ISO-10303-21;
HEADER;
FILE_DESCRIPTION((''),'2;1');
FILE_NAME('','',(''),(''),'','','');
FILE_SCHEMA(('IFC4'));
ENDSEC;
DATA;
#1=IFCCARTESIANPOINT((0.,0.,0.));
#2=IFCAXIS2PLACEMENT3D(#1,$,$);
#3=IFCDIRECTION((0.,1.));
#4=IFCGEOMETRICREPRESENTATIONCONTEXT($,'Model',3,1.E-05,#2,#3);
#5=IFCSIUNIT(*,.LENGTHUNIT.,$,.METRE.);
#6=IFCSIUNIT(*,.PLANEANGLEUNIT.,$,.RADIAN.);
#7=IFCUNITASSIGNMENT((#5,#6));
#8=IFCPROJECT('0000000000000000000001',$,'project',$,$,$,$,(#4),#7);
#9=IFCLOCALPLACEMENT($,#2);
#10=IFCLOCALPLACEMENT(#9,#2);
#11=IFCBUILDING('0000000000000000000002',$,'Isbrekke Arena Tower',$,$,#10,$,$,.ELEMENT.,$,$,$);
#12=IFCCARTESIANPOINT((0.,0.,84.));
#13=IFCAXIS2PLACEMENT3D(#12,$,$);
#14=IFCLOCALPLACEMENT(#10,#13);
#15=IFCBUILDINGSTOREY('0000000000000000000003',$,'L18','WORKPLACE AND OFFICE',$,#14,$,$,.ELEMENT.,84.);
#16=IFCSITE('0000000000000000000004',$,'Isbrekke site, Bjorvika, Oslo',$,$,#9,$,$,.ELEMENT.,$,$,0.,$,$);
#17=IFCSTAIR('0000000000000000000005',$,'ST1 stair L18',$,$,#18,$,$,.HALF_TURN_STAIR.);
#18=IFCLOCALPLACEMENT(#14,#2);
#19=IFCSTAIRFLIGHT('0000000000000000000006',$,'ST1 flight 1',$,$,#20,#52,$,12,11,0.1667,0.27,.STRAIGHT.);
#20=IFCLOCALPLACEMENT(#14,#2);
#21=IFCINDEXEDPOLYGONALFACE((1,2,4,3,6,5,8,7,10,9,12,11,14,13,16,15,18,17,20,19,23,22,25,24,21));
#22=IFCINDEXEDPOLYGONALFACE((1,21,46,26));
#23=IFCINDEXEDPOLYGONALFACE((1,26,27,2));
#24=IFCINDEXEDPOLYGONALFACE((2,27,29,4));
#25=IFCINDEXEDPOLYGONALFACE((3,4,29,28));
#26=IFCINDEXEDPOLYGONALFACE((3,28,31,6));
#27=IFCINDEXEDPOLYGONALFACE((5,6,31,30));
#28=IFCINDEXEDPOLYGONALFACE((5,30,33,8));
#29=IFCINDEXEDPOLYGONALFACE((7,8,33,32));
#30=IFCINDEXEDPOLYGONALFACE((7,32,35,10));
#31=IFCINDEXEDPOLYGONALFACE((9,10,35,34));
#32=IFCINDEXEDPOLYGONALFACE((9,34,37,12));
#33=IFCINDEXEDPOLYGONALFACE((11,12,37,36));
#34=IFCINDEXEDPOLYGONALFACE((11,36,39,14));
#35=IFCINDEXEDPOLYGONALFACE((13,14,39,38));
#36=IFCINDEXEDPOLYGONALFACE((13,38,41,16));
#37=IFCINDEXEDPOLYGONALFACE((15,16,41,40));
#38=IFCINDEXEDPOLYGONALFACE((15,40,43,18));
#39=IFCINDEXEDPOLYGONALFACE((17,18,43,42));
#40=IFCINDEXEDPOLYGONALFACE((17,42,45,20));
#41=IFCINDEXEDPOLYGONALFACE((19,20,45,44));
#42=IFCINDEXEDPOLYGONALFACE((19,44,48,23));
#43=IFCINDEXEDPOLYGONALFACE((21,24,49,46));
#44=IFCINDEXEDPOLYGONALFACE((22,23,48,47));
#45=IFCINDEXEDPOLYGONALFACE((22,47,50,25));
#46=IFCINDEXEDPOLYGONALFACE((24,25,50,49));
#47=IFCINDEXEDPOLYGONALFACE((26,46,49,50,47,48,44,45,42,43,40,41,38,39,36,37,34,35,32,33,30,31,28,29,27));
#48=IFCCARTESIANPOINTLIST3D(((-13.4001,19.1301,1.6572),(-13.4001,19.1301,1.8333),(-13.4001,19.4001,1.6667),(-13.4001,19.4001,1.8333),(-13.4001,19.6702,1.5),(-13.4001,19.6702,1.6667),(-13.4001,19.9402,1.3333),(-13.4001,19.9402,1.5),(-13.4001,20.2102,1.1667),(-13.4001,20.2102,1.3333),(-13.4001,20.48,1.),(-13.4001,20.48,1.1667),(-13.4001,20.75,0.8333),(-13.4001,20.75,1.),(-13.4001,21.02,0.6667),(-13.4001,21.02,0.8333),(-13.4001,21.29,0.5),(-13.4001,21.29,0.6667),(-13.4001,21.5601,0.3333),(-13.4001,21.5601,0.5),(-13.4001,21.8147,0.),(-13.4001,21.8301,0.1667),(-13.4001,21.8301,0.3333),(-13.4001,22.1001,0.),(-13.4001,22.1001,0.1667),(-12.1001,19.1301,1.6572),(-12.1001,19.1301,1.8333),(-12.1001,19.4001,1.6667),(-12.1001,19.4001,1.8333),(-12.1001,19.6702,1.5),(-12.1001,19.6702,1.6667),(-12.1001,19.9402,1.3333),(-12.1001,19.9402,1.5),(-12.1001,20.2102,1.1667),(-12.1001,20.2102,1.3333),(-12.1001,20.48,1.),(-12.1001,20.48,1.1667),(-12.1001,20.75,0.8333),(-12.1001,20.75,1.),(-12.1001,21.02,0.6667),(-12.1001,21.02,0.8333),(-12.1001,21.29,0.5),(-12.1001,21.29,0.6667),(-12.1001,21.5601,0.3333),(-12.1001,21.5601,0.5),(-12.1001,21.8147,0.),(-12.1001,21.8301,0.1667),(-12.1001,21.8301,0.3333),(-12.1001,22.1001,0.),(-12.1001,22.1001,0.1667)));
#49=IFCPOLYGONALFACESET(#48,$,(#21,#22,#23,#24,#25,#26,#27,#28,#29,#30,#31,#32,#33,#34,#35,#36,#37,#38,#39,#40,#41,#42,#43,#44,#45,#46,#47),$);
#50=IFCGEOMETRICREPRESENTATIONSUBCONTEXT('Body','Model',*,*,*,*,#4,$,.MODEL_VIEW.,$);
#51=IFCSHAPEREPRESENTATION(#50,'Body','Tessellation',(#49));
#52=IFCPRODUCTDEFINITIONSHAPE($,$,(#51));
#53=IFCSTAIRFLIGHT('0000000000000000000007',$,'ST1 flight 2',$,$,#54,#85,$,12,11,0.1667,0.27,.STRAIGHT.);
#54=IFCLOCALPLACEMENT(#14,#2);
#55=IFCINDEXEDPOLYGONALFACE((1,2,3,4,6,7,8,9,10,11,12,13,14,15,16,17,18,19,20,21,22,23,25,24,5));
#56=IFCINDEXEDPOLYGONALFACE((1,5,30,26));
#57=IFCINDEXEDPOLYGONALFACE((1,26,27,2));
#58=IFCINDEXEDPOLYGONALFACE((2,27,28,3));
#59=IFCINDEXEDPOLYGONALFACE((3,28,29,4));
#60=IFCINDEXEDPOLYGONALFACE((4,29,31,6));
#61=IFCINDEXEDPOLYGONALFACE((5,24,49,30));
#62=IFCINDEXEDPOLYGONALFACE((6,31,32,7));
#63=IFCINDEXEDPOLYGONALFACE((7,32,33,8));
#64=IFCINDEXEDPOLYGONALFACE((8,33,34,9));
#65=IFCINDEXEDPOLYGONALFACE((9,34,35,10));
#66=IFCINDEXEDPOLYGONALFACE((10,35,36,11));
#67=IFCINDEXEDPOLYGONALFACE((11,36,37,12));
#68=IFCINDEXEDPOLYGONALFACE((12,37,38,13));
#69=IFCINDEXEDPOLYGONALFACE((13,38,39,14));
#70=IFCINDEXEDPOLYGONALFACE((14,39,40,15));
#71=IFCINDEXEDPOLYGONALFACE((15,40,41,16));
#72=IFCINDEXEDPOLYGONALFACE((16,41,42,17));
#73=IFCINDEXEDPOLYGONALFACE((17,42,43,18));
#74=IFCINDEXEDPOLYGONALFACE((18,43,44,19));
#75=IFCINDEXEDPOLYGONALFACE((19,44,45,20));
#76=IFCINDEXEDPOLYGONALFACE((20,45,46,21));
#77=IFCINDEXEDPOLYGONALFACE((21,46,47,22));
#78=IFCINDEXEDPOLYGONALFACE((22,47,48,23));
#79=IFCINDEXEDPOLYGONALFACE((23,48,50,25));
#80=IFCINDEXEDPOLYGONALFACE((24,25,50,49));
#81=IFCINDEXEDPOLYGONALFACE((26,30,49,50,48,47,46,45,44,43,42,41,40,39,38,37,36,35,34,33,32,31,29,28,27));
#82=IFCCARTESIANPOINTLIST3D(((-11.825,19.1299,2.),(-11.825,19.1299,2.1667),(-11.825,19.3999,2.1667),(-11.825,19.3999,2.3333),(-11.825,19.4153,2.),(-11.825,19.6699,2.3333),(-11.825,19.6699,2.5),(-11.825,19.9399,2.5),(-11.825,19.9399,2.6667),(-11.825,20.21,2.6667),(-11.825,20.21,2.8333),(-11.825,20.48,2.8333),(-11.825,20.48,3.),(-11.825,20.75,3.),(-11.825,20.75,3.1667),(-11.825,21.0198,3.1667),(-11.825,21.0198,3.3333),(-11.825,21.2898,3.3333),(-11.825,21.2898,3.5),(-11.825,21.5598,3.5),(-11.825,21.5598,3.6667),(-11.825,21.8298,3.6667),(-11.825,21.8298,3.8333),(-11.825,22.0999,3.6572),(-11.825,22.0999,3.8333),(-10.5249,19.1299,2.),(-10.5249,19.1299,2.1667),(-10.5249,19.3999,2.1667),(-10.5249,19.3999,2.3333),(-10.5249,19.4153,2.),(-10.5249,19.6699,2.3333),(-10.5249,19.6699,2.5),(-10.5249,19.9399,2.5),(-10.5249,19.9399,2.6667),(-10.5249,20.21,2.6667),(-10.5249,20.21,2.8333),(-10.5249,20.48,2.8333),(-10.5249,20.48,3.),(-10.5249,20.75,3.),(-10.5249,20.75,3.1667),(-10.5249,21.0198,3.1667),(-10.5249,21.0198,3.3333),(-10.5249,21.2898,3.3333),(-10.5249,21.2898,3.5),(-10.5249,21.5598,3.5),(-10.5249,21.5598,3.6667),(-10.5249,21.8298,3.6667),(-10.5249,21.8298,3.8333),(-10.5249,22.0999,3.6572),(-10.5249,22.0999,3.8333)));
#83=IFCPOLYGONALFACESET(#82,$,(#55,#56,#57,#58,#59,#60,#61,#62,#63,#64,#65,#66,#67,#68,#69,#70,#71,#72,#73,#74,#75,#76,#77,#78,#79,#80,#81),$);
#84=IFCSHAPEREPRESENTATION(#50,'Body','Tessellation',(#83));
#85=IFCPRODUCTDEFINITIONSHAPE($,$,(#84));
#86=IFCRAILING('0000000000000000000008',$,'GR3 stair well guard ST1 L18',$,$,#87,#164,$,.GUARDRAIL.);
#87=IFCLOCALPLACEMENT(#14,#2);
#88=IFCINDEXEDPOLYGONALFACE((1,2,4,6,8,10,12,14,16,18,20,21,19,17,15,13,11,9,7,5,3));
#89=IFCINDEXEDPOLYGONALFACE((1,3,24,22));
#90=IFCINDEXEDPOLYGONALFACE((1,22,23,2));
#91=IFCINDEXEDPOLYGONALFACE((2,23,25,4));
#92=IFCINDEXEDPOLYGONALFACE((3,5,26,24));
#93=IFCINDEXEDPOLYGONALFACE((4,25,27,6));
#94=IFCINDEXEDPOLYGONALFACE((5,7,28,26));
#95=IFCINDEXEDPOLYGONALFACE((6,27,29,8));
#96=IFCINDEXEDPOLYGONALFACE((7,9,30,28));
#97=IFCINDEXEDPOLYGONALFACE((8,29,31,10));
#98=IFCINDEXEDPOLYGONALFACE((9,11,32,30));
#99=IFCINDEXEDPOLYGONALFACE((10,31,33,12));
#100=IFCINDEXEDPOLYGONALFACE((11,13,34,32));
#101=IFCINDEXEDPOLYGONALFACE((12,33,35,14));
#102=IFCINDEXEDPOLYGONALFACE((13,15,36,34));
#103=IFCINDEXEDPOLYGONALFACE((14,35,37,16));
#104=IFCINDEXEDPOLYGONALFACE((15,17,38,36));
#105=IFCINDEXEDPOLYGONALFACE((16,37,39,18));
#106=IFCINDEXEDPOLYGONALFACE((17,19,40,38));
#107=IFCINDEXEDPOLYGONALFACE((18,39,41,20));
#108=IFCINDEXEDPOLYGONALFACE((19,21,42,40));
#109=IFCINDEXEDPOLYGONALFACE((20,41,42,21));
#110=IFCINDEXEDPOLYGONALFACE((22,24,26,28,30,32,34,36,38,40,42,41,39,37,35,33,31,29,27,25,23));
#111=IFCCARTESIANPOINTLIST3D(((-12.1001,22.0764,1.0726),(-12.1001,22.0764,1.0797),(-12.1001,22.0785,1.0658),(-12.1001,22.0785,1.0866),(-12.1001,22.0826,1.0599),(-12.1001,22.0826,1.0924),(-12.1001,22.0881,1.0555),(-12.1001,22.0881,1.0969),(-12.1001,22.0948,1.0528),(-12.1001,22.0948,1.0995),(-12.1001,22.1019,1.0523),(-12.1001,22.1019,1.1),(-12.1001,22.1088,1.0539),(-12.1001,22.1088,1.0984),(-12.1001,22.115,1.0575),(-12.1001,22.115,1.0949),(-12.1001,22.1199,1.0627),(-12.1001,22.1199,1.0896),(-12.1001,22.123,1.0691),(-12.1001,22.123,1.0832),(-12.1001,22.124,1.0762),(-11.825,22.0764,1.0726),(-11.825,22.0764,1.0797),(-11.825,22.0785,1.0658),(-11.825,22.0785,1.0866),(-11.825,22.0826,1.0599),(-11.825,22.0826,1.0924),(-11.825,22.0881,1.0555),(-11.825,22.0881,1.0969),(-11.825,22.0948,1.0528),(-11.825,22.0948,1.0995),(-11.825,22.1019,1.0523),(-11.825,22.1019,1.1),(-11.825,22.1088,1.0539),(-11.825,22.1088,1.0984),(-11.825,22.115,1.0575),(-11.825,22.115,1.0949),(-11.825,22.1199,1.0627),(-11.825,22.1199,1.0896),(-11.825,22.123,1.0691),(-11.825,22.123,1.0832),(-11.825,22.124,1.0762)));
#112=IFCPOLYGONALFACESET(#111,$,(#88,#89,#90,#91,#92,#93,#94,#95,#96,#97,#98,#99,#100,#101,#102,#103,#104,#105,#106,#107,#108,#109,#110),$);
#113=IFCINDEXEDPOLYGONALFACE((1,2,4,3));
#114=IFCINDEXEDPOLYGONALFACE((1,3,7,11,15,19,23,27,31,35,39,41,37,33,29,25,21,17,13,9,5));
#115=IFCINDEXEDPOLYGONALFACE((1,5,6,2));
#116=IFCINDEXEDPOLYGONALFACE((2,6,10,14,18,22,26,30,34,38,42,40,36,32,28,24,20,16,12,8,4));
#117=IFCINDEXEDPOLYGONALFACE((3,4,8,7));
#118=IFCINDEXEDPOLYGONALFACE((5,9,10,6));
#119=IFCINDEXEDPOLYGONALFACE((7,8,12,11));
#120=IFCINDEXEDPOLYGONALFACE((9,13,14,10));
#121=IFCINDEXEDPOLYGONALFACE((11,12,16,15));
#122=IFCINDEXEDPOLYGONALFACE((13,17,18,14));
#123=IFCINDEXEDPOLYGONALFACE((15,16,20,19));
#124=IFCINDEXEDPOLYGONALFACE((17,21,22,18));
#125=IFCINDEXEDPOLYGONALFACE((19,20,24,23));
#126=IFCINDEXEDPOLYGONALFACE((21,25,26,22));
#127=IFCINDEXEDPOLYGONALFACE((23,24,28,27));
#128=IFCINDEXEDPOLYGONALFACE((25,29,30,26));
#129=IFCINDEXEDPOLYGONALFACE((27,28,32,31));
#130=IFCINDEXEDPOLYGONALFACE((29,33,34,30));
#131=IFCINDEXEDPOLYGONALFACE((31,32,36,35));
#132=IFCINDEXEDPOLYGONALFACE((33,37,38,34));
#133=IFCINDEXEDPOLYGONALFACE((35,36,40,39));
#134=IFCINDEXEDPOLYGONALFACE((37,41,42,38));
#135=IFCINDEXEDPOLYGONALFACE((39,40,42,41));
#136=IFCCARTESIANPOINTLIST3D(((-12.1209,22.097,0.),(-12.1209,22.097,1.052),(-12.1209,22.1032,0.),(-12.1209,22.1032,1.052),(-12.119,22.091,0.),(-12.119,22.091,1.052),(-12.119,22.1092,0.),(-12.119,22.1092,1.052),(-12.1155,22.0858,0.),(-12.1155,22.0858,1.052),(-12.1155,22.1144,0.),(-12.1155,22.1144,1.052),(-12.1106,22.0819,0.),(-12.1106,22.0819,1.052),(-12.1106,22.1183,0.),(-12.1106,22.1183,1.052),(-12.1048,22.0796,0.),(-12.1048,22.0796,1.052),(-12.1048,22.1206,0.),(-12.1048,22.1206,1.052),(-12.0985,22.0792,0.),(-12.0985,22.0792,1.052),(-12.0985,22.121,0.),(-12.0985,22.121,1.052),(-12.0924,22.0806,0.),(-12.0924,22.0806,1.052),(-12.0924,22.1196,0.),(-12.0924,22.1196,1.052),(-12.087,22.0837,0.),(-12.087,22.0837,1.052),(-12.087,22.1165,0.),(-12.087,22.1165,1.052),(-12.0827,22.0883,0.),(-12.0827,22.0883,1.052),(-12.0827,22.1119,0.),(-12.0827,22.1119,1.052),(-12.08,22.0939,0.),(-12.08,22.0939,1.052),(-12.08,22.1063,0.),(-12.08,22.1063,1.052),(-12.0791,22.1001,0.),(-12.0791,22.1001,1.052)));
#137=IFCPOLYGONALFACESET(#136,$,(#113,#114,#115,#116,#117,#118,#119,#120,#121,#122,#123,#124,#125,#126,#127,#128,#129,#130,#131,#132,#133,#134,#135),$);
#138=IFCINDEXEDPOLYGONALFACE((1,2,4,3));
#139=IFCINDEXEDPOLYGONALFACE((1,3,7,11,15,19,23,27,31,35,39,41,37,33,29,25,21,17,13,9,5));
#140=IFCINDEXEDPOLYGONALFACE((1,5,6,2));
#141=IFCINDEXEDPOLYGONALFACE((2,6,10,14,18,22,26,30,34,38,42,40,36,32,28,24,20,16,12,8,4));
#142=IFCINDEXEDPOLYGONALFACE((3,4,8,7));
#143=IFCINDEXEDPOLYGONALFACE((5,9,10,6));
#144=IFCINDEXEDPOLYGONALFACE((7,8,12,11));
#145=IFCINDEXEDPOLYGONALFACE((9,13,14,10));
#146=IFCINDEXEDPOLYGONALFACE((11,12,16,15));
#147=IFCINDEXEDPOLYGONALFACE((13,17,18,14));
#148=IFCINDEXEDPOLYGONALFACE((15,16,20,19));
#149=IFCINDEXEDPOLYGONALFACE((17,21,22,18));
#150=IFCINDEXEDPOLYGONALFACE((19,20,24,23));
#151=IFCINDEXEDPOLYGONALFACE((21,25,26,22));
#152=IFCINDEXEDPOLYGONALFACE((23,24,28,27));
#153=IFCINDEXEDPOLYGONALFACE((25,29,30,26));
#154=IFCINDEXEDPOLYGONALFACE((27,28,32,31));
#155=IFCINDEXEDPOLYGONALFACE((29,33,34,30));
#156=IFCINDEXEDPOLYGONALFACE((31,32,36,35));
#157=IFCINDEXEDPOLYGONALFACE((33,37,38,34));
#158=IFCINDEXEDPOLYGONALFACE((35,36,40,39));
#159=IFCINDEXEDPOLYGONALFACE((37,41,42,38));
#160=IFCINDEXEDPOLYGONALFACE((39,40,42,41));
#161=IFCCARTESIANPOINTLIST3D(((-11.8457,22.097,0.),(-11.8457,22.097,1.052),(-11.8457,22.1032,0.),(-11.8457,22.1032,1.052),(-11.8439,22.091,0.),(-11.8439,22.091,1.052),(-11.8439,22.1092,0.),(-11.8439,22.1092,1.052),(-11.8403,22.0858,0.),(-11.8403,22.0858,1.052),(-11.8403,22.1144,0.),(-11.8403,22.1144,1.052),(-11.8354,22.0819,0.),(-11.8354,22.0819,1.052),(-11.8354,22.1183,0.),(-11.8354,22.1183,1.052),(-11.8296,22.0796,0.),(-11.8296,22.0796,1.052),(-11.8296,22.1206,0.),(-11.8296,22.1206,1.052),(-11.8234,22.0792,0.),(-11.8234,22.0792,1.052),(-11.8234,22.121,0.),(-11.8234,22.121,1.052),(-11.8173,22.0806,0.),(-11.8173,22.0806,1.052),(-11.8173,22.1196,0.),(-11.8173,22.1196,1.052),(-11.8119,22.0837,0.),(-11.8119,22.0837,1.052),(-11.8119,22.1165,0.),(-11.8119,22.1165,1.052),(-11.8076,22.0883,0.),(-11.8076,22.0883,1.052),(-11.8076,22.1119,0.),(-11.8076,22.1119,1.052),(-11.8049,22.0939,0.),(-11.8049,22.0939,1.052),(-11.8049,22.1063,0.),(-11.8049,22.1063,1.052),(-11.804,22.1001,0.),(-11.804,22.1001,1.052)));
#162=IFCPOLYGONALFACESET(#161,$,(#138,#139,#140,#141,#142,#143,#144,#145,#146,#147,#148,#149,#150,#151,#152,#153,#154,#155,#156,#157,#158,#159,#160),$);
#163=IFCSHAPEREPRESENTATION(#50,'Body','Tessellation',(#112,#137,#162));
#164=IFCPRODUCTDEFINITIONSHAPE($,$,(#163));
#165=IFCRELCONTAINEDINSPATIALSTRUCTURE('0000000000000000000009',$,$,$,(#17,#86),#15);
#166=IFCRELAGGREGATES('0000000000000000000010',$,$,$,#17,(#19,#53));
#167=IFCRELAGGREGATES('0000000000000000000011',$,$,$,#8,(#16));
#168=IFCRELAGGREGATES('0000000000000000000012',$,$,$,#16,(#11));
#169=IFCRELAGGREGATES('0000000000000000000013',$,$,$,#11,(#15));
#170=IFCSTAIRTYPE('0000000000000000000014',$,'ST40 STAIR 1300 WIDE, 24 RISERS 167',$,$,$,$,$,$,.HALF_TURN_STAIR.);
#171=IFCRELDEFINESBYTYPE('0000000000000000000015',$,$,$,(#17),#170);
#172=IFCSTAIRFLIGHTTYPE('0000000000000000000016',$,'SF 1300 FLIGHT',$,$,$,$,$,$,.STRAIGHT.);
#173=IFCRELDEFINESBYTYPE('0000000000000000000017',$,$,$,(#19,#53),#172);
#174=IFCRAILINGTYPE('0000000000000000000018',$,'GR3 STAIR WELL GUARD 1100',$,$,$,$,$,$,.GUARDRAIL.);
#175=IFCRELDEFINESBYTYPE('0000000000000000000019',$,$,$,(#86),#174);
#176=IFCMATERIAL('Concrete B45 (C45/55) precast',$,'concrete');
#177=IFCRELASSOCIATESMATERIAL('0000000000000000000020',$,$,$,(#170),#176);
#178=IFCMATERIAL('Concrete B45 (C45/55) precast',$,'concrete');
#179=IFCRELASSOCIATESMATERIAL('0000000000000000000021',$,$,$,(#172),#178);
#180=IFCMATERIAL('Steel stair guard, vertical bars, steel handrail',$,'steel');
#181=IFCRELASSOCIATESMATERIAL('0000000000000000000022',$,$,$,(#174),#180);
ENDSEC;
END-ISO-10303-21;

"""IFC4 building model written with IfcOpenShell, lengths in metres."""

from ifc_helpers import new_model, si_unit, direction, frame, origin, origin_2d, place, context, subcontext, project, spatial, polyline, circle, outline, extrude, material, type_object, element, aggregate, save


model = new_model("IFC4")

# Units and contexts
model_context = context("Model", 3, precision=1e-05, world=origin(), true_north=direction((0.0, 1.0)))
body_context = subcontext(model_context, "Body", "Model", "MODEL_VIEW")
ifc_project = project(units=[si_unit("LENGTHUNIT", "METRE"), si_unit("PLANEANGLEUNIT", "RADIAN")], contexts=[model_context])

# Site, building, storey
site_placement = place(None, origin())
site = spatial("IfcSite", under=ifc_project, at=site_placement, Name="Isbrekke site, Bjorvika, Oslo", CompositionType="ELEMENT", RefElevation=0.0)
building_placement = place(site_placement, origin())
building = spatial("IfcBuilding", under=site, at=building_placement, Name="Isbrekke Arena Tower", CompositionType="ELEMENT")
storey_placement = place(building_placement, frame((0.0, 0.0, 84.0)))
storey = spatial("IfcBuildingStorey", under=building, at=storey_placement, Name="L18", Description="WORKPLACE AND OFFICE", CompositionType="ELEMENT", Elevation=84.0)

# Stair, stair flights
ifc_material_1 = material(Name="Concrete B45 (C45/55) precast", Category="concrete")
stair_type = type_object("IfcStairType", Name="ST40 STAIR 1300 WIDE, 24 RISERS 167", PredefinedType="HALF_TURN_STAIR", material=ifc_material_1)
stair_placement = place(storey_placement, origin())
stair = element("IfcStair", 1, at=stair_placement, inside=storey, type_object=stair_type, Name="ST1 stair L18", PredefinedType="HALF_TURN_STAIR")
ifc_material_2 = material(Name="Concrete B45 (C45/55) precast", Category="concrete")
stair_flight_type = type_object("IfcStairFlightType", Name="SF 1300 FLIGHT", PredefinedType="STRAIGHT", material=ifc_material_2)
stair_flight_1_placement = place(storey_placement, frame((-12.75, 22.1001, 0.0), z_axis=(0.0, 0.0, 1.0), x_axis=(0.0, -1.0, 0.0)))
stair_flight_1 = element("IfcStairFlight", 2, at=stair_flight_1_placement, type_object=stair_flight_type, Name="ST1 flight 1", NumberOfRisers=12, NumberOfTreads=11, PredefinedType="STRAIGHT", RiserHeight=0.1667, TreadLength=0.27, context=body_context, shape_type="SweptSolid", body=[
    extrude(outline(polyline([(0.0, 0.0), (0.0, 0.1667), (0.27, 0.1667), (0.27, 0.3333), (0.54, 0.3333), (0.54, 0.5), (0.8101, 0.5), (0.8101, 0.6667), (1.0801, 0.6667), (1.0801, 0.8333), (1.3501, 0.8333), (1.3501, 1.0), (1.6201, 1.0), (1.6201, 1.1667), (1.8899, 1.1667), (1.8899, 1.3333), (2.1599, 1.3333), (2.1599, 1.5), (2.4299, 1.5), (2.4299, 1.6667), (2.7, 1.6667), (2.7, 1.8333), (2.97, 1.8333), (2.97, 2.0), (2.97, 1.6572), (0.2854, 0.0), (0.0, 0.0)])), frame((0.0, 0.6499, 0.0), z_axis=(0.0, -1.0, 0.0), x_axis=(1.0, 0.0, 0.0)), (0.0, 0.0, 1.0), 1.3),
])
stair_flight_2_placement = place(storey_placement, frame((-11.175, 19.1299, 2.0), z_axis=(0.0, 0.0, 1.0), x_axis=(0.0, 1.0, 0.0)))
stair_flight_2 = element("IfcStairFlight", 3, at=stair_flight_2_placement, type_object=stair_flight_type, Name="ST1 flight 2", NumberOfRisers=12, NumberOfTreads=11, PredefinedType="STRAIGHT", RiserHeight=0.1667, TreadLength=0.27, context=body_context, shape_type="SweptSolid", body=[
    extrude(outline(polyline([(0.0, 0.0), (0.0, 0.1667), (0.27, 0.1667), (0.27, 0.3333), (0.54, 0.3333), (0.54, 0.5), (0.8101, 0.5), (0.8101, 0.6667), (1.0801, 0.6667), (1.0801, 0.8333), (1.3501, 0.8333), (1.3501, 1.0), (1.6201, 1.0), (1.6201, 1.1667), (1.8899, 1.1667), (1.8899, 1.3333), (2.1599, 1.3333), (2.1599, 1.5), (2.4299, 1.5), (2.4299, 1.6667), (2.7, 1.6667), (2.7, 1.8333), (2.97, 1.8333), (2.97, 2.0), (2.97, 1.6572), (0.2854, 0.0), (0.0, 0.0)])), frame((0.0, 0.6499, 0.0), z_axis=(0.0, -1.0, 0.0), x_axis=(1.0, 0.0, 0.0)), (0.0, 0.0, 1.0), 1.3),
])
aggregate(stair, [stair_flight_1, stair_flight_2])

# Railing
ifc_material_3 = material(Name="Steel stair guard, vertical bars, steel handrail", Category="steel")
railing_type = type_object("IfcRailingType", Name="GR3 STAIR WELL GUARD 1100", PredefinedType="GUARDRAIL", material=ifc_material_3)
for number, where, name in (
    (4, (-12.1001, 22.1001, 0.0), "GR3 stair well guard ST1 L18"),
):
    element("IfcRailing", number, at=place(storey_placement, frame(where)), inside=storey, type_object=railing_type, Name=name, PredefinedType="GUARDRAIL", context=body_context, shape_type="SweptSolid", body=[
        extrude(circle(Radius=0.0239, at=origin_2d()), frame((0.0, 0.0, 1.0762), z_axis=(1.0, 0.0, 0.0), x_axis=(0.0, 1.0, 0.0)), (0.0, 0.0, 1.0), 0.2751),
        extrude(circle(Radius=0.021, at=origin_2d()), origin(), (0.0, 0.0, 1.0), 1.052),
        extrude(circle(Radius=0.021, at=origin_2d()), frame((0.2751, 0.0, 0.0)), (0.0, 0.0, 1.0), 1.052),
    ])

save(model, "model.ifc")
